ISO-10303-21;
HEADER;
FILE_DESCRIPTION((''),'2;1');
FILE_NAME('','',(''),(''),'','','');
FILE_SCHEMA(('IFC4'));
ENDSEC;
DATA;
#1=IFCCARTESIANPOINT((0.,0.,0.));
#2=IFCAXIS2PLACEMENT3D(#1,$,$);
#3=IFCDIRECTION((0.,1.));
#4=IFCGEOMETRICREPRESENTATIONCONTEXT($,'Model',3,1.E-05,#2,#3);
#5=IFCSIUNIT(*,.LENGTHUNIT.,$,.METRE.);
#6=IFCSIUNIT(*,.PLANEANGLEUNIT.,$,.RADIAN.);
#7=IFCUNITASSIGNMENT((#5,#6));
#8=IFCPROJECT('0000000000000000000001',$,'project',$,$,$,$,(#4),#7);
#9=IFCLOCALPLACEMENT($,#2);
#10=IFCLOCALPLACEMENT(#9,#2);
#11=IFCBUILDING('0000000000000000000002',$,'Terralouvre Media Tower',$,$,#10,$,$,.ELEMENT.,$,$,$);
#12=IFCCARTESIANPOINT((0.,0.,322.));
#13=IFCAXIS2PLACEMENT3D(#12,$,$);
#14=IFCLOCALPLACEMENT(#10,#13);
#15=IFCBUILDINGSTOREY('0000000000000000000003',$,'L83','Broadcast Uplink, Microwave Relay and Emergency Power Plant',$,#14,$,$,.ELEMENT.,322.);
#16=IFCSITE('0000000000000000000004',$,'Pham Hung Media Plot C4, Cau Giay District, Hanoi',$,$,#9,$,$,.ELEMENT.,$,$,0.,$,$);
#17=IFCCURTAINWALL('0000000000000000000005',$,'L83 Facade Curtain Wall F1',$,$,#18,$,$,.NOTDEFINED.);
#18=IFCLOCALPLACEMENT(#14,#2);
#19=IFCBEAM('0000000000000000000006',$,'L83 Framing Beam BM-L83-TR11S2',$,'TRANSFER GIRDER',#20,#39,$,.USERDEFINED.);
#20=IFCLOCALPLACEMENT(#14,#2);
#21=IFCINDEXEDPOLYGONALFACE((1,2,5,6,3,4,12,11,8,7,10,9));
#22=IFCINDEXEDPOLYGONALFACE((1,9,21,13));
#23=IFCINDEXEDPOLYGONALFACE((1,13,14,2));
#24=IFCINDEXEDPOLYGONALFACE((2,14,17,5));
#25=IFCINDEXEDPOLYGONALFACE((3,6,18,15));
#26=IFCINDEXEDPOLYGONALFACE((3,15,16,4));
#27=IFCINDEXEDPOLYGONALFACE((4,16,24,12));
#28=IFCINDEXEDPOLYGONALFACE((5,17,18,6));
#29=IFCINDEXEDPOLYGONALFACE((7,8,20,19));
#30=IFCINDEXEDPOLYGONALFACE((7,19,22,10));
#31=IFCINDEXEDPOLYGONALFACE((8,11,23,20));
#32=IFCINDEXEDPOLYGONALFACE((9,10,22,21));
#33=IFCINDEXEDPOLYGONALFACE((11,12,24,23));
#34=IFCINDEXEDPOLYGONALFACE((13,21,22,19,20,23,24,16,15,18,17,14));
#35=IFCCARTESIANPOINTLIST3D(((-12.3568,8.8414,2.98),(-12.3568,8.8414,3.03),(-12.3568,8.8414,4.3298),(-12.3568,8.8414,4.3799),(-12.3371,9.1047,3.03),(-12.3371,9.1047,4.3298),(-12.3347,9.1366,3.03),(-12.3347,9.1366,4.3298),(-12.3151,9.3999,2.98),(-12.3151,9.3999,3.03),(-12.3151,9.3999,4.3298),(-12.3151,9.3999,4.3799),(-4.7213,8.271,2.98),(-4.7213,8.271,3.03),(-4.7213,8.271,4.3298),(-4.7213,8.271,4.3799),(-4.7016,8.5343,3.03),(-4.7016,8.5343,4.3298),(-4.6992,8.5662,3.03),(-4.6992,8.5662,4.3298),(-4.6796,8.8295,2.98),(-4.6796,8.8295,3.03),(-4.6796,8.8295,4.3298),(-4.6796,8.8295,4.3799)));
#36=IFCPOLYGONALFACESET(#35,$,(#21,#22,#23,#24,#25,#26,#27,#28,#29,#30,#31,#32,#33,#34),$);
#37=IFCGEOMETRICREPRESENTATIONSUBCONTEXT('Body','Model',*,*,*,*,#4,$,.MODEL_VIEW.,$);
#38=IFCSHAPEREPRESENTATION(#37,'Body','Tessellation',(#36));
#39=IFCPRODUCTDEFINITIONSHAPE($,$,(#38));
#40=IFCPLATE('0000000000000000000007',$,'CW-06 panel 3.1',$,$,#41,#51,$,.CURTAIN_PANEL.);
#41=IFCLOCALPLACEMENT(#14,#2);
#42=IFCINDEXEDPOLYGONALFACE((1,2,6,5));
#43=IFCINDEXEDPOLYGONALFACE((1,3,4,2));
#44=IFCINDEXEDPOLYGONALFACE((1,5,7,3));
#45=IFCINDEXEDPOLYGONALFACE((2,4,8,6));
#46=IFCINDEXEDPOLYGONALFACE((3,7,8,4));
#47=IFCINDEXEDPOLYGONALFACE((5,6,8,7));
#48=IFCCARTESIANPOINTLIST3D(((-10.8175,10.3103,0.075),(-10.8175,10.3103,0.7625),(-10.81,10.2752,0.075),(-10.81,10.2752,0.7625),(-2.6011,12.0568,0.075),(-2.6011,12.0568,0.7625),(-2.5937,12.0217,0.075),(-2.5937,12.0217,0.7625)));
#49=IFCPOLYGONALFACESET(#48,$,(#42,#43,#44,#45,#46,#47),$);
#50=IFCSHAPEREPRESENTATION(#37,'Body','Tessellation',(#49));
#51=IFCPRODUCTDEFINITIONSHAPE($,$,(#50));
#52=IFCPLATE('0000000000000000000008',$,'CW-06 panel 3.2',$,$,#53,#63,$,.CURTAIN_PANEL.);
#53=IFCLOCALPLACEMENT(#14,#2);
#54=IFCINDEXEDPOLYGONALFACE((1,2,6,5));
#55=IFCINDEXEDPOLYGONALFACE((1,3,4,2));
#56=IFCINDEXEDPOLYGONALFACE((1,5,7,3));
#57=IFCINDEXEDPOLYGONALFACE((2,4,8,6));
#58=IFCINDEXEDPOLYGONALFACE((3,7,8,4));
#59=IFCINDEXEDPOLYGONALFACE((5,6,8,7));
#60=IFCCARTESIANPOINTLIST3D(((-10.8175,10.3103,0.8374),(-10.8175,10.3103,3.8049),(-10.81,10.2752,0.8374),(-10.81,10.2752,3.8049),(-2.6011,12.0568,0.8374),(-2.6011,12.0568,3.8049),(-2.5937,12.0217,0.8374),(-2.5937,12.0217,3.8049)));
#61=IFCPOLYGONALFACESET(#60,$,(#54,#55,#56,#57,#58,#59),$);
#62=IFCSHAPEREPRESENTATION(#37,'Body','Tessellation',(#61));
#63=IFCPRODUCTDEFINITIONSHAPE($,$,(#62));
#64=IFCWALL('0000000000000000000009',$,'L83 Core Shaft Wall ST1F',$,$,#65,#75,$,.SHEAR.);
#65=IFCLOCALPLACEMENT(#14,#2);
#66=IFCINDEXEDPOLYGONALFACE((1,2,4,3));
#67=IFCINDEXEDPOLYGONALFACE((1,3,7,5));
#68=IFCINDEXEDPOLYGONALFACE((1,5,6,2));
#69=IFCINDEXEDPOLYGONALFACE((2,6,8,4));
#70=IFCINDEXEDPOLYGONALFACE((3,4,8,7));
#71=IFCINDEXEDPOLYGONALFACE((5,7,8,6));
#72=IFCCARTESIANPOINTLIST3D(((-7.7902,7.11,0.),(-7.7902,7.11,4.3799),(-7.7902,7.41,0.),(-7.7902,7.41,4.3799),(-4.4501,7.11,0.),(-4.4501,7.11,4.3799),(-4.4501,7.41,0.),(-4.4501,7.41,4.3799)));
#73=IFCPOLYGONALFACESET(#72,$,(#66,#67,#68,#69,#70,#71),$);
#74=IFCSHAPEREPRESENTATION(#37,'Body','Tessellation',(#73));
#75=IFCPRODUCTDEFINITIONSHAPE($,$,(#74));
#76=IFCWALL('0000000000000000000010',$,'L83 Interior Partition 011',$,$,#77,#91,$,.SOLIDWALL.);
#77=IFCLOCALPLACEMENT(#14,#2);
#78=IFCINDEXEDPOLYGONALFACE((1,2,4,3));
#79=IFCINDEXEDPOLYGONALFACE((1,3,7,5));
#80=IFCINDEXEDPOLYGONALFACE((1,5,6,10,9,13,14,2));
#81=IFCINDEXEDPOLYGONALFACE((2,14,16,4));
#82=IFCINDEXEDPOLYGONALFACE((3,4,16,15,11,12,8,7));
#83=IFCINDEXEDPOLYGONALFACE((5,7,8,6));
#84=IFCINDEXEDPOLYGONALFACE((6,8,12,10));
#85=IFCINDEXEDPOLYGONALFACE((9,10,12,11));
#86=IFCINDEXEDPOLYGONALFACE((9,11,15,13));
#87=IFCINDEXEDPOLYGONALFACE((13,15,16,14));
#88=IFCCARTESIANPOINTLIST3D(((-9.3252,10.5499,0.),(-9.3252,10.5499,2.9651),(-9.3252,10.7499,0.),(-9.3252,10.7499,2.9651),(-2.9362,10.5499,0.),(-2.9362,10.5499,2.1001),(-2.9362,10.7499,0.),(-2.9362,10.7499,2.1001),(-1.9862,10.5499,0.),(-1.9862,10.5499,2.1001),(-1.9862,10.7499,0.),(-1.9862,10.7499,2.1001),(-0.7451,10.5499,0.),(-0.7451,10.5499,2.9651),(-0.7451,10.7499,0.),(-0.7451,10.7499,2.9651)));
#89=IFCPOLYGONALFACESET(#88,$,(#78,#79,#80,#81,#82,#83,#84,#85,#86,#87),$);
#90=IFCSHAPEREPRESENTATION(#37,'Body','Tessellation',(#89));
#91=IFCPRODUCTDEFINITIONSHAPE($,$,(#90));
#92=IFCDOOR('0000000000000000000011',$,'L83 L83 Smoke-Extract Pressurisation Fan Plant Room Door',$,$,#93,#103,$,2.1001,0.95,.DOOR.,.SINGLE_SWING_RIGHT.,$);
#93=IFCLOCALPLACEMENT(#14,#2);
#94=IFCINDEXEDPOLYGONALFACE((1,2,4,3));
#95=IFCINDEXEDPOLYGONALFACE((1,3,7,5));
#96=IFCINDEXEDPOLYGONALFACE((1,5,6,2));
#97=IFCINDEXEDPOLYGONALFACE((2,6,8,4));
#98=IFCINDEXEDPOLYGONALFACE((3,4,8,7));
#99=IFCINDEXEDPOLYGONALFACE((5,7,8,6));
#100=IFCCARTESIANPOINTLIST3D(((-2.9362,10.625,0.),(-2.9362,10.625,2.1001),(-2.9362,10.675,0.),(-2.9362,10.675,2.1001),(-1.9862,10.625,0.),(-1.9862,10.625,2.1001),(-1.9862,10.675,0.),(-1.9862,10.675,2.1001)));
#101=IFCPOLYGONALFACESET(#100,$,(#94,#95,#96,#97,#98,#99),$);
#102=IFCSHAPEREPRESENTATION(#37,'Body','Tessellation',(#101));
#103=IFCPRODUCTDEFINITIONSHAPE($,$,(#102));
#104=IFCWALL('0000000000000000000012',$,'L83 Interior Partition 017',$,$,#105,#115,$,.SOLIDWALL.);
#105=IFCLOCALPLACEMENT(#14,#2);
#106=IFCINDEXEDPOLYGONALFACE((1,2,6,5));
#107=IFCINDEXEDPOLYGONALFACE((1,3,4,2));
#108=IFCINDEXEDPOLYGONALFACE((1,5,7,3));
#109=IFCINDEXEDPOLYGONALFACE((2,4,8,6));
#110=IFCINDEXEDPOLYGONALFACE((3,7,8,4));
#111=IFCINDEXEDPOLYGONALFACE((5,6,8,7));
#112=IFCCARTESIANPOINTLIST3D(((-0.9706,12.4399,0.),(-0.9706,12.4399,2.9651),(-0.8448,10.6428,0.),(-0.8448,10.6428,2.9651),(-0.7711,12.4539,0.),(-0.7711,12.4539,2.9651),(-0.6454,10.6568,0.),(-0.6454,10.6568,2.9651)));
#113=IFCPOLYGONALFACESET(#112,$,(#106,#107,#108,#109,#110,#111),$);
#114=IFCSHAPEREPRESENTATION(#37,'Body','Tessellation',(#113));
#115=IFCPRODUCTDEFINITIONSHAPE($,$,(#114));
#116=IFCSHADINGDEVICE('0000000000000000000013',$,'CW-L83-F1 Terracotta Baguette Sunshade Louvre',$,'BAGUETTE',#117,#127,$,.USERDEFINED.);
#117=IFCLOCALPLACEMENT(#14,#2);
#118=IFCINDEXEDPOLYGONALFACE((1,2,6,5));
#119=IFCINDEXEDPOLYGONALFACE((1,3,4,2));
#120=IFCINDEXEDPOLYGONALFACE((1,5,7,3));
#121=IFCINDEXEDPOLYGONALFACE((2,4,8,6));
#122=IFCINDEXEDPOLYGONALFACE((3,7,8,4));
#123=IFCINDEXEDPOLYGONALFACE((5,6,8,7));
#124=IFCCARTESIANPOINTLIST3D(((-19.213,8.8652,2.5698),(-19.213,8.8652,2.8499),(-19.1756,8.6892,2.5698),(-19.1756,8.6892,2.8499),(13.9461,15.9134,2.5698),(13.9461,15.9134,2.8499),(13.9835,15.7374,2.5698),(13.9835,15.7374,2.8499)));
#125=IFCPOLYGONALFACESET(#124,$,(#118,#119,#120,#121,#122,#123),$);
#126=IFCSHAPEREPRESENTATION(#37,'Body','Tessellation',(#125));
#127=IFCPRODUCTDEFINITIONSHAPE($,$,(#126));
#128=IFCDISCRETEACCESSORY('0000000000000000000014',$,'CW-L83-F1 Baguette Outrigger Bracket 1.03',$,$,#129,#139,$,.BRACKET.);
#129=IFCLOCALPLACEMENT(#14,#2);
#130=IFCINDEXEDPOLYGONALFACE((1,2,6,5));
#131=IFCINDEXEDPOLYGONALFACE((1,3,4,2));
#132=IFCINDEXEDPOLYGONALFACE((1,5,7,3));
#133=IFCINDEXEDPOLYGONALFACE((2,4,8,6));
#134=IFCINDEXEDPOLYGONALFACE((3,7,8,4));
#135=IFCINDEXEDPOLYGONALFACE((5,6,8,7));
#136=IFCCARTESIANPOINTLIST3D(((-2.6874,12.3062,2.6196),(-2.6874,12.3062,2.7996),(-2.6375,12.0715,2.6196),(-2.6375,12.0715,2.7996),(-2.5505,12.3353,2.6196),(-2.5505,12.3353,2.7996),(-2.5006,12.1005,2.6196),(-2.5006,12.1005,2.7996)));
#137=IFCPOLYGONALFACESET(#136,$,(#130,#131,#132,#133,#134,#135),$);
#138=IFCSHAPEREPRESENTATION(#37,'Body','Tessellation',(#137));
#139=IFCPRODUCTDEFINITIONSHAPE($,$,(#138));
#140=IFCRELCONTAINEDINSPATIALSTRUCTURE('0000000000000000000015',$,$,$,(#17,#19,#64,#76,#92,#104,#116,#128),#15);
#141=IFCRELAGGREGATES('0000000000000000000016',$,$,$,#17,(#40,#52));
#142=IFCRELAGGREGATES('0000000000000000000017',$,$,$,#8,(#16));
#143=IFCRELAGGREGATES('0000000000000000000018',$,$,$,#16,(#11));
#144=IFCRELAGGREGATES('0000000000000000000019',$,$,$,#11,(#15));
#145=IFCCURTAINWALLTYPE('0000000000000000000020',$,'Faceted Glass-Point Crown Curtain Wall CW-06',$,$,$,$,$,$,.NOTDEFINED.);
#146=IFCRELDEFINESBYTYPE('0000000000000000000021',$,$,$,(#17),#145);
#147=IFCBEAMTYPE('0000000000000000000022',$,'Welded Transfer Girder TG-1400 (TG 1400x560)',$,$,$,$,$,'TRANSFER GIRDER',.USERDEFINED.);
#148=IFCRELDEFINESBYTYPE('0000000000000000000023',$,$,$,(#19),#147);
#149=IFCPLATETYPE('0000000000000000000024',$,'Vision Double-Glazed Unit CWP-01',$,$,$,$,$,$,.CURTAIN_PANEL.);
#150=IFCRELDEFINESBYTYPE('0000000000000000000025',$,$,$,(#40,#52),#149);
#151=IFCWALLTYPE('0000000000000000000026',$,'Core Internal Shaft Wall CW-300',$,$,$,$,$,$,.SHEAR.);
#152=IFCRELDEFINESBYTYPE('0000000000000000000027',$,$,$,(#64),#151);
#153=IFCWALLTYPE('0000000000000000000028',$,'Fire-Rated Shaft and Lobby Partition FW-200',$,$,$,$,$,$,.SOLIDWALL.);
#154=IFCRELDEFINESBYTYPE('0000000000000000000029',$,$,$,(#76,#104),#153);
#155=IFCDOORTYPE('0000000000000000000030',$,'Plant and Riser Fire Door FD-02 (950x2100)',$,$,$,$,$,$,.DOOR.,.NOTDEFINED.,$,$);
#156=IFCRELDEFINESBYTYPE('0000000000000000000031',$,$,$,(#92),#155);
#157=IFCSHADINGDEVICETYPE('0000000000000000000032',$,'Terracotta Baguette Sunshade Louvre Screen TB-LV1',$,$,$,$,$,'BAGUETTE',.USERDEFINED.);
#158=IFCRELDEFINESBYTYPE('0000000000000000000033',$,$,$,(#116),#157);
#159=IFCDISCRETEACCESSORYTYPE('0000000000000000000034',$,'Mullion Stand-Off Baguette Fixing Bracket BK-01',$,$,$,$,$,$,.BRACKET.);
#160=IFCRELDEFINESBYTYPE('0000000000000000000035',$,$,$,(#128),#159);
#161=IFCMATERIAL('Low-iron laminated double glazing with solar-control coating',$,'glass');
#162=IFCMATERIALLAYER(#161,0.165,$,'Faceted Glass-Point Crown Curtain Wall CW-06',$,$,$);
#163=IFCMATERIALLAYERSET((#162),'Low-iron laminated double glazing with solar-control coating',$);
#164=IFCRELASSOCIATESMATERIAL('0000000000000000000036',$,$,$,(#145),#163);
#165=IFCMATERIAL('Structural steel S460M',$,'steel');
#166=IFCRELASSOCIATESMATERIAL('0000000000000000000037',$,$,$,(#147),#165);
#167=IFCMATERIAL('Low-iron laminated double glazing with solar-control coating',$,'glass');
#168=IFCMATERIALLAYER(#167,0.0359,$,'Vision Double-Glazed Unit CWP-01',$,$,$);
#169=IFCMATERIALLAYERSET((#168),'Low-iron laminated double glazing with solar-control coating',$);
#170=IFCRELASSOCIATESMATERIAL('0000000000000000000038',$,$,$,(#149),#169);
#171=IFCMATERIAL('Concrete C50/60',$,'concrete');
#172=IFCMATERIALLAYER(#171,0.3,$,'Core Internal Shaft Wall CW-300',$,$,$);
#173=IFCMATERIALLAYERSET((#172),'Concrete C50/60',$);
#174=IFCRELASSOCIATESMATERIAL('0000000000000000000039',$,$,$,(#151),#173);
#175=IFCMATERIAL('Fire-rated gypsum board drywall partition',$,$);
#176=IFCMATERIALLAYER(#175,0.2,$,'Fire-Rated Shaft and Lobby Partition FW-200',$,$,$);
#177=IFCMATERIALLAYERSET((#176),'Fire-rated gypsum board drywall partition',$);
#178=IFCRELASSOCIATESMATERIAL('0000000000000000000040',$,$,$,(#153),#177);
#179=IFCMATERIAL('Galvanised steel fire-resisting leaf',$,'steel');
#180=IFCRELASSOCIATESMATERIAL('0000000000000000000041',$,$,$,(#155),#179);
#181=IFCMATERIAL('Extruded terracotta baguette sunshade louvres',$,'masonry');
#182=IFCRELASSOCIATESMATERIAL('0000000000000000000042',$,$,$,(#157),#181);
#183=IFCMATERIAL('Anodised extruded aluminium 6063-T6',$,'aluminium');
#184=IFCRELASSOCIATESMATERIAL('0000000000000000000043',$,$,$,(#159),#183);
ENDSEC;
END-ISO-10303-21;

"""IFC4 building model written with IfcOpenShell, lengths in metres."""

from ifc_helpers import new_model, si_unit, direction, frame, frame_2d, origin, origin_2d, place, context, subcontext, project, spatial, rectangle, i_section, extrude, material, layer, layer_set, material_profile, profile_set, type_object, element, fill, aggregate, save


model = new_model("IFC4")

# Units and contexts
model_context = context("Model", 3, precision=1e-05, world=origin(), true_north=direction((0.0, 1.0)))
body_context = subcontext(model_context, "Body", "Model", "MODEL_VIEW")
ifc_project = project(units=[si_unit("LENGTHUNIT", "METRE"), si_unit("PLANEANGLEUNIT", "RADIAN")], contexts=[model_context])

# Site, building, storey
site_placement = place(None, origin())
site = spatial("IfcSite", under=ifc_project, at=site_placement, Name="Pham Hung Media Plot C4, Cau Giay District, Hanoi", CompositionType="ELEMENT", RefElevation=0.0)
building_placement = place(site_placement, origin())
building = spatial("IfcBuilding", under=site, at=building_placement, Name="Terralouvre Media Tower", CompositionType="ELEMENT")
storey_placement = place(building_placement, frame((0.0, 0.0, 322.0)))
storey = spatial("IfcBuildingStorey", under=building, at=storey_placement, Name="L83", Description="Broadcast Uplink, Microwave Relay and Emergency Power Plant", CompositionType="ELEMENT", Elevation=322.0)

# Curtain wall
ifc_material_1 = material(Name="Low-iron laminated double glazing with solar-control coating", Category="glass")
ifc_layer_1 = layer(ifc_material_1, 0.165, Name="Faceted Glass-Point Crown Curtain Wall CW-06")
ifc_layer_set_1 = layer_set([ifc_layer_1], Name="Low-iron laminated double glazing with solar-control coating")
curtain_wall_type = type_object("IfcCurtainWallType", Name="Faceted Glass-Point Crown Curtain Wall CW-06", PredefinedType="NOTDEFINED", material=ifc_layer_set_1)
curtain_wall_placement = place(storey_placement, origin())
curtain_wall = element("IfcCurtainWall", 1, at=curtain_wall_placement, inside=storey, type_object=curtain_wall_type, Name="L83 Facade Curtain Wall F1", PredefinedType="NOTDEFINED")

# Beam
ifc_material_2 = material(Name="Structural steel S460M", Category="steel")
ifc_material_profile_1 = material_profile(ifc_material_2, i_section(OverallWidth=0.5601, OverallDepth=1.3999, WebThickness=0.032, FlangeThickness=0.05, at=origin_2d()), Name="TG 1400x560")
ifc_profile_set_1 = profile_set([ifc_material_profile_1], Name="Structural steel S460M")
beam_type = type_object("IfcBeamType", Name="Welded Transfer Girder TG-1400 (TG 1400x560)", ElementType="TRANSFER GIRDER", PredefinedType="USERDEFINED", material=ifc_profile_set_1)
beam_1_placement = place(storey_placement, frame((-4.7004, 8.5503, 3.6799), z_axis=(-0.997222, 0.074485, 0.0), x_axis=(-0.074485, -0.997222, 0.0)))
element("IfcBeam", 2, at=beam_1_placement, inside=storey, type_object=beam_type, Name="L83 Framing Beam BM-L83-TR11S2", ObjectType="TRANSFER GIRDER", PredefinedType="USERDEFINED", context=body_context, shape_type="SweptSolid", body=[
    extrude(i_section(OverallWidth=0.5601, OverallDepth=1.3999, WebThickness=0.032, FlangeThickness=0.05, at=origin_2d()), origin(), (0.0, 0.0, 1.0), 7.6567),
])

# Plates
ifc_material_3 = material(Name="Low-iron laminated double glazing with solar-control coating", Category="glass")
ifc_layer_2 = layer(ifc_material_3, 0.0359, Name="Vision Double-Glazed Unit CWP-01")
ifc_layer_set_2 = layer_set([ifc_layer_2], Name="Low-iron laminated double glazing with solar-control coating")
plate_type = type_object("IfcPlateType", Name="Vision Double-Glazed Unit CWP-01", PredefinedType="CURTAIN_PANEL", material=ifc_layer_set_2)
plate_1_placement = place(storey_placement, frame((-6.7056, 11.166, 0.075), z_axis=(0.0, 0.0, 1.0), x_axis=(-0.978148, -0.207912, 0.0)))
plate_1 = element("IfcPlate", 3, at=plate_1_placement, type_object=plate_type, Name="CW-06 panel 3.1", PredefinedType="CURTAIN_PANEL", context=body_context, shape_type="SweptSolid", body=[
    extrude(rectangle(XDim=8.3999, YDim=0.0359, at=origin_2d()), origin(), (0.0, 0.0, 1.0), 0.6875),
])
plate_2_placement = place(storey_placement, frame((-6.7056, 11.166, 0.8374), z_axis=(0.0, 0.0, 1.0), x_axis=(-0.978148, -0.207912, 0.0)))
plate_2 = element("IfcPlate", 4, at=plate_2_placement, type_object=plate_type, Name="CW-06 panel 3.2", PredefinedType="CURTAIN_PANEL", context=body_context, shape_type="SweptSolid", body=[
    extrude(rectangle(XDim=8.3999, YDim=0.0359, at=origin_2d()), origin(), (0.0, 0.0, 1.0), 2.9675),
])
aggregate(curtain_wall, [plate_1, plate_2])

# Wall
ifc_material_4 = material(Name="Concrete C50/60", Category="concrete")
ifc_layer_3 = layer(ifc_material_4, 0.3, Name="Core Internal Shaft Wall CW-300")
ifc_layer_set_3 = layer_set([ifc_layer_3], Name="Concrete C50/60")
wall_type_1 = type_object("IfcWallType", Name="Core Internal Shaft Wall CW-300", PredefinedType="SHEAR", material=ifc_layer_set_3)
wall_1_placement = place(storey_placement, frame((-7.79, 7.26, 0.0), z_axis=(0.0, 0.0, 1.0), x_axis=(1.0, 0.0, 0.0)))
element("IfcWall", 5, at=wall_1_placement, inside=storey, type_object=wall_type_1, Name="L83 Core Shaft Wall ST1F", PredefinedType="SHEAR", context=body_context, shape_type="SweptSolid", body=[
    extrude(rectangle(XDim=3.3401, YDim=0.3, at=frame_2d((1.6699, 0.0))), origin(), (0.0, 0.0, 1.0), 4.3799),
])

# Wall, opening, door
ifc_material_5 = material(Name="Fire-rated gypsum board drywall partition")
ifc_layer_4 = layer(ifc_material_5, 0.2, Name="Fire-Rated Shaft and Lobby Partition FW-200")
ifc_layer_set_4 = layer_set([ifc_layer_4], Name="Fire-rated gypsum board drywall partition")
wall_type_2 = type_object("IfcWallType", Name="Fire-Rated Shaft and Lobby Partition FW-200", PredefinedType="SOLIDWALL", material=ifc_layer_set_4)
wall_2_placement = place(storey_placement, frame((-0.7451, 10.6499, 0.0), z_axis=(0.0, 0.0, 1.0), x_axis=(-1.0, 0.0, 0.0)))
wall_2 = element("IfcWall", 6, at=wall_2_placement, inside=storey, type_object=wall_type_2, Name="L83 Interior Partition 011", PredefinedType="SOLIDWALL", context=body_context, shape_type="SweptSolid", body=[
    extrude(rectangle(XDim=8.5801, YDim=0.2, at=frame_2d((4.29, 0.0))), origin(), (0.0, 0.0, 1.0), 2.9651),
])
opening_placement = place(wall_2_placement, frame((1.241, 0.0, 0.0)))
opening = element("IfcOpeningElement", 7, at=opening_placement, cuts=wall_2, PredefinedType="OPENING", context=body_context, shape_type="SweptSolid", body=[
    extrude(rectangle(XDim=0.95, YDim=2.1001, at=frame_2d((0.4751, 1.05))), frame((0.0, 0.1099, 0.0), z_axis=(0.0, -1.0, 0.0), x_axis=(1.0, 0.0, 0.0)), (0.0, 0.0, 1.0), 0.22),
])
ifc_material_6 = material(Name="Galvanised steel fire-resisting leaf", Category="steel")
door_type = type_object("IfcDoorType", Name="Plant and Riser Fire Door FD-02 (950x2100)", OperationType="NOTDEFINED", PredefinedType="DOOR", material=ifc_material_6)
door_placement = place(opening_placement, origin())
door = element("IfcDoor", 8, at=door_placement, inside=storey, type_object=door_type, Name="L83 L83 Smoke-Extract Pressurisation Fan Plant Room Door", OperationType="SINGLE_SWING_RIGHT", OverallHeight=2.1001, OverallWidth=0.95, PredefinedType="DOOR", context=body_context, shape_type="SweptSolid", body=[
    extrude(rectangle(XDim=0.95, YDim=2.1001, at=frame_2d((0.4751, 1.05))), frame((0.0, 0.0249, 0.0), z_axis=(0.0, -1.0, 0.0), x_axis=(1.0, 0.0, 0.0)), (0.0, 0.0, 1.0), 0.05),
])
fill(opening, door)

# Wall
wall_3_placement = place(storey_placement, frame((-0.8708, 12.447, 0.0), z_axis=(0.0, 0.0, 1.0), x_axis=(0.069793, -0.997562, 0.0)))
element("IfcWall", 9, at=wall_3_placement, inside=storey, type_object=wall_type_2, Name="L83 Interior Partition 017", PredefinedType="SOLIDWALL", context=body_context, shape_type="SweptSolid", body=[
    extrude(rectangle(XDim=1.8015, YDim=0.2, at=frame_2d((0.9009, 0.0))), origin(), (0.0, 0.0, 1.0), 2.9651),
])

# Shading device
ifc_material_7 = material(Name="Extruded terracotta baguette sunshade louvres", Category="masonry")
shading_device_type = type_object("IfcShadingDeviceType", Name="Terracotta Baguette Sunshade Louvre Screen TB-LV1", ElementType="BAGUETTE", PredefinedType="USERDEFINED", material=ifc_material_7)
shading_device_placement = place(storey_placement, frame((-2.6147, 12.3013, 2.5698), z_axis=(0.0, 0.0, 1.0), x_axis=(-0.978148, -0.207912, 0.0)))
element("IfcShadingDevice", 10, at=shading_device_placement, inside=storey, type_object=shading_device_type, Name="CW-L83-F1 Terracotta Baguette Sunshade Louvre", ObjectType="BAGUETTE", PredefinedType="USERDEFINED", context=body_context, shape_type="SweptSolid", body=[
    extrude(rectangle(XDim=33.8999, YDim=0.1799, at=origin_2d()), origin(), (0.0, 0.0, 1.0), 0.28),
])

# Discrete accessory
ifc_material_8 = material(Name="Anodised extruded aluminium 6063-T6", Category="aluminium")
discrete_accessory_type = type_object("IfcDiscreteAccessoryType", Name="Mullion Stand-Off Baguette Fixing Bracket BK-01", PredefinedType="BRACKET", material=ifc_material_8)
discrete_accessory_placement = place(storey_placement, frame((-2.594, 12.2034, 2.6196), z_axis=(0.0, 0.0, 1.0), x_axis=(-0.978148, -0.207912, 0.0)))
element("IfcDiscreteAccessory", 11, at=discrete_accessory_placement, inside=storey, type_object=discrete_accessory_type, Name="CW-L83-F1 Baguette Outrigger Bracket 1.03", PredefinedType="BRACKET", context=body_context, shape_type="SweptSolid", body=[
    extrude(rectangle(XDim=0.1399, YDim=0.24, at=origin_2d()), origin(), (0.0, 0.0, 1.0), 0.1799),
])

save(model, "model.ifc")
